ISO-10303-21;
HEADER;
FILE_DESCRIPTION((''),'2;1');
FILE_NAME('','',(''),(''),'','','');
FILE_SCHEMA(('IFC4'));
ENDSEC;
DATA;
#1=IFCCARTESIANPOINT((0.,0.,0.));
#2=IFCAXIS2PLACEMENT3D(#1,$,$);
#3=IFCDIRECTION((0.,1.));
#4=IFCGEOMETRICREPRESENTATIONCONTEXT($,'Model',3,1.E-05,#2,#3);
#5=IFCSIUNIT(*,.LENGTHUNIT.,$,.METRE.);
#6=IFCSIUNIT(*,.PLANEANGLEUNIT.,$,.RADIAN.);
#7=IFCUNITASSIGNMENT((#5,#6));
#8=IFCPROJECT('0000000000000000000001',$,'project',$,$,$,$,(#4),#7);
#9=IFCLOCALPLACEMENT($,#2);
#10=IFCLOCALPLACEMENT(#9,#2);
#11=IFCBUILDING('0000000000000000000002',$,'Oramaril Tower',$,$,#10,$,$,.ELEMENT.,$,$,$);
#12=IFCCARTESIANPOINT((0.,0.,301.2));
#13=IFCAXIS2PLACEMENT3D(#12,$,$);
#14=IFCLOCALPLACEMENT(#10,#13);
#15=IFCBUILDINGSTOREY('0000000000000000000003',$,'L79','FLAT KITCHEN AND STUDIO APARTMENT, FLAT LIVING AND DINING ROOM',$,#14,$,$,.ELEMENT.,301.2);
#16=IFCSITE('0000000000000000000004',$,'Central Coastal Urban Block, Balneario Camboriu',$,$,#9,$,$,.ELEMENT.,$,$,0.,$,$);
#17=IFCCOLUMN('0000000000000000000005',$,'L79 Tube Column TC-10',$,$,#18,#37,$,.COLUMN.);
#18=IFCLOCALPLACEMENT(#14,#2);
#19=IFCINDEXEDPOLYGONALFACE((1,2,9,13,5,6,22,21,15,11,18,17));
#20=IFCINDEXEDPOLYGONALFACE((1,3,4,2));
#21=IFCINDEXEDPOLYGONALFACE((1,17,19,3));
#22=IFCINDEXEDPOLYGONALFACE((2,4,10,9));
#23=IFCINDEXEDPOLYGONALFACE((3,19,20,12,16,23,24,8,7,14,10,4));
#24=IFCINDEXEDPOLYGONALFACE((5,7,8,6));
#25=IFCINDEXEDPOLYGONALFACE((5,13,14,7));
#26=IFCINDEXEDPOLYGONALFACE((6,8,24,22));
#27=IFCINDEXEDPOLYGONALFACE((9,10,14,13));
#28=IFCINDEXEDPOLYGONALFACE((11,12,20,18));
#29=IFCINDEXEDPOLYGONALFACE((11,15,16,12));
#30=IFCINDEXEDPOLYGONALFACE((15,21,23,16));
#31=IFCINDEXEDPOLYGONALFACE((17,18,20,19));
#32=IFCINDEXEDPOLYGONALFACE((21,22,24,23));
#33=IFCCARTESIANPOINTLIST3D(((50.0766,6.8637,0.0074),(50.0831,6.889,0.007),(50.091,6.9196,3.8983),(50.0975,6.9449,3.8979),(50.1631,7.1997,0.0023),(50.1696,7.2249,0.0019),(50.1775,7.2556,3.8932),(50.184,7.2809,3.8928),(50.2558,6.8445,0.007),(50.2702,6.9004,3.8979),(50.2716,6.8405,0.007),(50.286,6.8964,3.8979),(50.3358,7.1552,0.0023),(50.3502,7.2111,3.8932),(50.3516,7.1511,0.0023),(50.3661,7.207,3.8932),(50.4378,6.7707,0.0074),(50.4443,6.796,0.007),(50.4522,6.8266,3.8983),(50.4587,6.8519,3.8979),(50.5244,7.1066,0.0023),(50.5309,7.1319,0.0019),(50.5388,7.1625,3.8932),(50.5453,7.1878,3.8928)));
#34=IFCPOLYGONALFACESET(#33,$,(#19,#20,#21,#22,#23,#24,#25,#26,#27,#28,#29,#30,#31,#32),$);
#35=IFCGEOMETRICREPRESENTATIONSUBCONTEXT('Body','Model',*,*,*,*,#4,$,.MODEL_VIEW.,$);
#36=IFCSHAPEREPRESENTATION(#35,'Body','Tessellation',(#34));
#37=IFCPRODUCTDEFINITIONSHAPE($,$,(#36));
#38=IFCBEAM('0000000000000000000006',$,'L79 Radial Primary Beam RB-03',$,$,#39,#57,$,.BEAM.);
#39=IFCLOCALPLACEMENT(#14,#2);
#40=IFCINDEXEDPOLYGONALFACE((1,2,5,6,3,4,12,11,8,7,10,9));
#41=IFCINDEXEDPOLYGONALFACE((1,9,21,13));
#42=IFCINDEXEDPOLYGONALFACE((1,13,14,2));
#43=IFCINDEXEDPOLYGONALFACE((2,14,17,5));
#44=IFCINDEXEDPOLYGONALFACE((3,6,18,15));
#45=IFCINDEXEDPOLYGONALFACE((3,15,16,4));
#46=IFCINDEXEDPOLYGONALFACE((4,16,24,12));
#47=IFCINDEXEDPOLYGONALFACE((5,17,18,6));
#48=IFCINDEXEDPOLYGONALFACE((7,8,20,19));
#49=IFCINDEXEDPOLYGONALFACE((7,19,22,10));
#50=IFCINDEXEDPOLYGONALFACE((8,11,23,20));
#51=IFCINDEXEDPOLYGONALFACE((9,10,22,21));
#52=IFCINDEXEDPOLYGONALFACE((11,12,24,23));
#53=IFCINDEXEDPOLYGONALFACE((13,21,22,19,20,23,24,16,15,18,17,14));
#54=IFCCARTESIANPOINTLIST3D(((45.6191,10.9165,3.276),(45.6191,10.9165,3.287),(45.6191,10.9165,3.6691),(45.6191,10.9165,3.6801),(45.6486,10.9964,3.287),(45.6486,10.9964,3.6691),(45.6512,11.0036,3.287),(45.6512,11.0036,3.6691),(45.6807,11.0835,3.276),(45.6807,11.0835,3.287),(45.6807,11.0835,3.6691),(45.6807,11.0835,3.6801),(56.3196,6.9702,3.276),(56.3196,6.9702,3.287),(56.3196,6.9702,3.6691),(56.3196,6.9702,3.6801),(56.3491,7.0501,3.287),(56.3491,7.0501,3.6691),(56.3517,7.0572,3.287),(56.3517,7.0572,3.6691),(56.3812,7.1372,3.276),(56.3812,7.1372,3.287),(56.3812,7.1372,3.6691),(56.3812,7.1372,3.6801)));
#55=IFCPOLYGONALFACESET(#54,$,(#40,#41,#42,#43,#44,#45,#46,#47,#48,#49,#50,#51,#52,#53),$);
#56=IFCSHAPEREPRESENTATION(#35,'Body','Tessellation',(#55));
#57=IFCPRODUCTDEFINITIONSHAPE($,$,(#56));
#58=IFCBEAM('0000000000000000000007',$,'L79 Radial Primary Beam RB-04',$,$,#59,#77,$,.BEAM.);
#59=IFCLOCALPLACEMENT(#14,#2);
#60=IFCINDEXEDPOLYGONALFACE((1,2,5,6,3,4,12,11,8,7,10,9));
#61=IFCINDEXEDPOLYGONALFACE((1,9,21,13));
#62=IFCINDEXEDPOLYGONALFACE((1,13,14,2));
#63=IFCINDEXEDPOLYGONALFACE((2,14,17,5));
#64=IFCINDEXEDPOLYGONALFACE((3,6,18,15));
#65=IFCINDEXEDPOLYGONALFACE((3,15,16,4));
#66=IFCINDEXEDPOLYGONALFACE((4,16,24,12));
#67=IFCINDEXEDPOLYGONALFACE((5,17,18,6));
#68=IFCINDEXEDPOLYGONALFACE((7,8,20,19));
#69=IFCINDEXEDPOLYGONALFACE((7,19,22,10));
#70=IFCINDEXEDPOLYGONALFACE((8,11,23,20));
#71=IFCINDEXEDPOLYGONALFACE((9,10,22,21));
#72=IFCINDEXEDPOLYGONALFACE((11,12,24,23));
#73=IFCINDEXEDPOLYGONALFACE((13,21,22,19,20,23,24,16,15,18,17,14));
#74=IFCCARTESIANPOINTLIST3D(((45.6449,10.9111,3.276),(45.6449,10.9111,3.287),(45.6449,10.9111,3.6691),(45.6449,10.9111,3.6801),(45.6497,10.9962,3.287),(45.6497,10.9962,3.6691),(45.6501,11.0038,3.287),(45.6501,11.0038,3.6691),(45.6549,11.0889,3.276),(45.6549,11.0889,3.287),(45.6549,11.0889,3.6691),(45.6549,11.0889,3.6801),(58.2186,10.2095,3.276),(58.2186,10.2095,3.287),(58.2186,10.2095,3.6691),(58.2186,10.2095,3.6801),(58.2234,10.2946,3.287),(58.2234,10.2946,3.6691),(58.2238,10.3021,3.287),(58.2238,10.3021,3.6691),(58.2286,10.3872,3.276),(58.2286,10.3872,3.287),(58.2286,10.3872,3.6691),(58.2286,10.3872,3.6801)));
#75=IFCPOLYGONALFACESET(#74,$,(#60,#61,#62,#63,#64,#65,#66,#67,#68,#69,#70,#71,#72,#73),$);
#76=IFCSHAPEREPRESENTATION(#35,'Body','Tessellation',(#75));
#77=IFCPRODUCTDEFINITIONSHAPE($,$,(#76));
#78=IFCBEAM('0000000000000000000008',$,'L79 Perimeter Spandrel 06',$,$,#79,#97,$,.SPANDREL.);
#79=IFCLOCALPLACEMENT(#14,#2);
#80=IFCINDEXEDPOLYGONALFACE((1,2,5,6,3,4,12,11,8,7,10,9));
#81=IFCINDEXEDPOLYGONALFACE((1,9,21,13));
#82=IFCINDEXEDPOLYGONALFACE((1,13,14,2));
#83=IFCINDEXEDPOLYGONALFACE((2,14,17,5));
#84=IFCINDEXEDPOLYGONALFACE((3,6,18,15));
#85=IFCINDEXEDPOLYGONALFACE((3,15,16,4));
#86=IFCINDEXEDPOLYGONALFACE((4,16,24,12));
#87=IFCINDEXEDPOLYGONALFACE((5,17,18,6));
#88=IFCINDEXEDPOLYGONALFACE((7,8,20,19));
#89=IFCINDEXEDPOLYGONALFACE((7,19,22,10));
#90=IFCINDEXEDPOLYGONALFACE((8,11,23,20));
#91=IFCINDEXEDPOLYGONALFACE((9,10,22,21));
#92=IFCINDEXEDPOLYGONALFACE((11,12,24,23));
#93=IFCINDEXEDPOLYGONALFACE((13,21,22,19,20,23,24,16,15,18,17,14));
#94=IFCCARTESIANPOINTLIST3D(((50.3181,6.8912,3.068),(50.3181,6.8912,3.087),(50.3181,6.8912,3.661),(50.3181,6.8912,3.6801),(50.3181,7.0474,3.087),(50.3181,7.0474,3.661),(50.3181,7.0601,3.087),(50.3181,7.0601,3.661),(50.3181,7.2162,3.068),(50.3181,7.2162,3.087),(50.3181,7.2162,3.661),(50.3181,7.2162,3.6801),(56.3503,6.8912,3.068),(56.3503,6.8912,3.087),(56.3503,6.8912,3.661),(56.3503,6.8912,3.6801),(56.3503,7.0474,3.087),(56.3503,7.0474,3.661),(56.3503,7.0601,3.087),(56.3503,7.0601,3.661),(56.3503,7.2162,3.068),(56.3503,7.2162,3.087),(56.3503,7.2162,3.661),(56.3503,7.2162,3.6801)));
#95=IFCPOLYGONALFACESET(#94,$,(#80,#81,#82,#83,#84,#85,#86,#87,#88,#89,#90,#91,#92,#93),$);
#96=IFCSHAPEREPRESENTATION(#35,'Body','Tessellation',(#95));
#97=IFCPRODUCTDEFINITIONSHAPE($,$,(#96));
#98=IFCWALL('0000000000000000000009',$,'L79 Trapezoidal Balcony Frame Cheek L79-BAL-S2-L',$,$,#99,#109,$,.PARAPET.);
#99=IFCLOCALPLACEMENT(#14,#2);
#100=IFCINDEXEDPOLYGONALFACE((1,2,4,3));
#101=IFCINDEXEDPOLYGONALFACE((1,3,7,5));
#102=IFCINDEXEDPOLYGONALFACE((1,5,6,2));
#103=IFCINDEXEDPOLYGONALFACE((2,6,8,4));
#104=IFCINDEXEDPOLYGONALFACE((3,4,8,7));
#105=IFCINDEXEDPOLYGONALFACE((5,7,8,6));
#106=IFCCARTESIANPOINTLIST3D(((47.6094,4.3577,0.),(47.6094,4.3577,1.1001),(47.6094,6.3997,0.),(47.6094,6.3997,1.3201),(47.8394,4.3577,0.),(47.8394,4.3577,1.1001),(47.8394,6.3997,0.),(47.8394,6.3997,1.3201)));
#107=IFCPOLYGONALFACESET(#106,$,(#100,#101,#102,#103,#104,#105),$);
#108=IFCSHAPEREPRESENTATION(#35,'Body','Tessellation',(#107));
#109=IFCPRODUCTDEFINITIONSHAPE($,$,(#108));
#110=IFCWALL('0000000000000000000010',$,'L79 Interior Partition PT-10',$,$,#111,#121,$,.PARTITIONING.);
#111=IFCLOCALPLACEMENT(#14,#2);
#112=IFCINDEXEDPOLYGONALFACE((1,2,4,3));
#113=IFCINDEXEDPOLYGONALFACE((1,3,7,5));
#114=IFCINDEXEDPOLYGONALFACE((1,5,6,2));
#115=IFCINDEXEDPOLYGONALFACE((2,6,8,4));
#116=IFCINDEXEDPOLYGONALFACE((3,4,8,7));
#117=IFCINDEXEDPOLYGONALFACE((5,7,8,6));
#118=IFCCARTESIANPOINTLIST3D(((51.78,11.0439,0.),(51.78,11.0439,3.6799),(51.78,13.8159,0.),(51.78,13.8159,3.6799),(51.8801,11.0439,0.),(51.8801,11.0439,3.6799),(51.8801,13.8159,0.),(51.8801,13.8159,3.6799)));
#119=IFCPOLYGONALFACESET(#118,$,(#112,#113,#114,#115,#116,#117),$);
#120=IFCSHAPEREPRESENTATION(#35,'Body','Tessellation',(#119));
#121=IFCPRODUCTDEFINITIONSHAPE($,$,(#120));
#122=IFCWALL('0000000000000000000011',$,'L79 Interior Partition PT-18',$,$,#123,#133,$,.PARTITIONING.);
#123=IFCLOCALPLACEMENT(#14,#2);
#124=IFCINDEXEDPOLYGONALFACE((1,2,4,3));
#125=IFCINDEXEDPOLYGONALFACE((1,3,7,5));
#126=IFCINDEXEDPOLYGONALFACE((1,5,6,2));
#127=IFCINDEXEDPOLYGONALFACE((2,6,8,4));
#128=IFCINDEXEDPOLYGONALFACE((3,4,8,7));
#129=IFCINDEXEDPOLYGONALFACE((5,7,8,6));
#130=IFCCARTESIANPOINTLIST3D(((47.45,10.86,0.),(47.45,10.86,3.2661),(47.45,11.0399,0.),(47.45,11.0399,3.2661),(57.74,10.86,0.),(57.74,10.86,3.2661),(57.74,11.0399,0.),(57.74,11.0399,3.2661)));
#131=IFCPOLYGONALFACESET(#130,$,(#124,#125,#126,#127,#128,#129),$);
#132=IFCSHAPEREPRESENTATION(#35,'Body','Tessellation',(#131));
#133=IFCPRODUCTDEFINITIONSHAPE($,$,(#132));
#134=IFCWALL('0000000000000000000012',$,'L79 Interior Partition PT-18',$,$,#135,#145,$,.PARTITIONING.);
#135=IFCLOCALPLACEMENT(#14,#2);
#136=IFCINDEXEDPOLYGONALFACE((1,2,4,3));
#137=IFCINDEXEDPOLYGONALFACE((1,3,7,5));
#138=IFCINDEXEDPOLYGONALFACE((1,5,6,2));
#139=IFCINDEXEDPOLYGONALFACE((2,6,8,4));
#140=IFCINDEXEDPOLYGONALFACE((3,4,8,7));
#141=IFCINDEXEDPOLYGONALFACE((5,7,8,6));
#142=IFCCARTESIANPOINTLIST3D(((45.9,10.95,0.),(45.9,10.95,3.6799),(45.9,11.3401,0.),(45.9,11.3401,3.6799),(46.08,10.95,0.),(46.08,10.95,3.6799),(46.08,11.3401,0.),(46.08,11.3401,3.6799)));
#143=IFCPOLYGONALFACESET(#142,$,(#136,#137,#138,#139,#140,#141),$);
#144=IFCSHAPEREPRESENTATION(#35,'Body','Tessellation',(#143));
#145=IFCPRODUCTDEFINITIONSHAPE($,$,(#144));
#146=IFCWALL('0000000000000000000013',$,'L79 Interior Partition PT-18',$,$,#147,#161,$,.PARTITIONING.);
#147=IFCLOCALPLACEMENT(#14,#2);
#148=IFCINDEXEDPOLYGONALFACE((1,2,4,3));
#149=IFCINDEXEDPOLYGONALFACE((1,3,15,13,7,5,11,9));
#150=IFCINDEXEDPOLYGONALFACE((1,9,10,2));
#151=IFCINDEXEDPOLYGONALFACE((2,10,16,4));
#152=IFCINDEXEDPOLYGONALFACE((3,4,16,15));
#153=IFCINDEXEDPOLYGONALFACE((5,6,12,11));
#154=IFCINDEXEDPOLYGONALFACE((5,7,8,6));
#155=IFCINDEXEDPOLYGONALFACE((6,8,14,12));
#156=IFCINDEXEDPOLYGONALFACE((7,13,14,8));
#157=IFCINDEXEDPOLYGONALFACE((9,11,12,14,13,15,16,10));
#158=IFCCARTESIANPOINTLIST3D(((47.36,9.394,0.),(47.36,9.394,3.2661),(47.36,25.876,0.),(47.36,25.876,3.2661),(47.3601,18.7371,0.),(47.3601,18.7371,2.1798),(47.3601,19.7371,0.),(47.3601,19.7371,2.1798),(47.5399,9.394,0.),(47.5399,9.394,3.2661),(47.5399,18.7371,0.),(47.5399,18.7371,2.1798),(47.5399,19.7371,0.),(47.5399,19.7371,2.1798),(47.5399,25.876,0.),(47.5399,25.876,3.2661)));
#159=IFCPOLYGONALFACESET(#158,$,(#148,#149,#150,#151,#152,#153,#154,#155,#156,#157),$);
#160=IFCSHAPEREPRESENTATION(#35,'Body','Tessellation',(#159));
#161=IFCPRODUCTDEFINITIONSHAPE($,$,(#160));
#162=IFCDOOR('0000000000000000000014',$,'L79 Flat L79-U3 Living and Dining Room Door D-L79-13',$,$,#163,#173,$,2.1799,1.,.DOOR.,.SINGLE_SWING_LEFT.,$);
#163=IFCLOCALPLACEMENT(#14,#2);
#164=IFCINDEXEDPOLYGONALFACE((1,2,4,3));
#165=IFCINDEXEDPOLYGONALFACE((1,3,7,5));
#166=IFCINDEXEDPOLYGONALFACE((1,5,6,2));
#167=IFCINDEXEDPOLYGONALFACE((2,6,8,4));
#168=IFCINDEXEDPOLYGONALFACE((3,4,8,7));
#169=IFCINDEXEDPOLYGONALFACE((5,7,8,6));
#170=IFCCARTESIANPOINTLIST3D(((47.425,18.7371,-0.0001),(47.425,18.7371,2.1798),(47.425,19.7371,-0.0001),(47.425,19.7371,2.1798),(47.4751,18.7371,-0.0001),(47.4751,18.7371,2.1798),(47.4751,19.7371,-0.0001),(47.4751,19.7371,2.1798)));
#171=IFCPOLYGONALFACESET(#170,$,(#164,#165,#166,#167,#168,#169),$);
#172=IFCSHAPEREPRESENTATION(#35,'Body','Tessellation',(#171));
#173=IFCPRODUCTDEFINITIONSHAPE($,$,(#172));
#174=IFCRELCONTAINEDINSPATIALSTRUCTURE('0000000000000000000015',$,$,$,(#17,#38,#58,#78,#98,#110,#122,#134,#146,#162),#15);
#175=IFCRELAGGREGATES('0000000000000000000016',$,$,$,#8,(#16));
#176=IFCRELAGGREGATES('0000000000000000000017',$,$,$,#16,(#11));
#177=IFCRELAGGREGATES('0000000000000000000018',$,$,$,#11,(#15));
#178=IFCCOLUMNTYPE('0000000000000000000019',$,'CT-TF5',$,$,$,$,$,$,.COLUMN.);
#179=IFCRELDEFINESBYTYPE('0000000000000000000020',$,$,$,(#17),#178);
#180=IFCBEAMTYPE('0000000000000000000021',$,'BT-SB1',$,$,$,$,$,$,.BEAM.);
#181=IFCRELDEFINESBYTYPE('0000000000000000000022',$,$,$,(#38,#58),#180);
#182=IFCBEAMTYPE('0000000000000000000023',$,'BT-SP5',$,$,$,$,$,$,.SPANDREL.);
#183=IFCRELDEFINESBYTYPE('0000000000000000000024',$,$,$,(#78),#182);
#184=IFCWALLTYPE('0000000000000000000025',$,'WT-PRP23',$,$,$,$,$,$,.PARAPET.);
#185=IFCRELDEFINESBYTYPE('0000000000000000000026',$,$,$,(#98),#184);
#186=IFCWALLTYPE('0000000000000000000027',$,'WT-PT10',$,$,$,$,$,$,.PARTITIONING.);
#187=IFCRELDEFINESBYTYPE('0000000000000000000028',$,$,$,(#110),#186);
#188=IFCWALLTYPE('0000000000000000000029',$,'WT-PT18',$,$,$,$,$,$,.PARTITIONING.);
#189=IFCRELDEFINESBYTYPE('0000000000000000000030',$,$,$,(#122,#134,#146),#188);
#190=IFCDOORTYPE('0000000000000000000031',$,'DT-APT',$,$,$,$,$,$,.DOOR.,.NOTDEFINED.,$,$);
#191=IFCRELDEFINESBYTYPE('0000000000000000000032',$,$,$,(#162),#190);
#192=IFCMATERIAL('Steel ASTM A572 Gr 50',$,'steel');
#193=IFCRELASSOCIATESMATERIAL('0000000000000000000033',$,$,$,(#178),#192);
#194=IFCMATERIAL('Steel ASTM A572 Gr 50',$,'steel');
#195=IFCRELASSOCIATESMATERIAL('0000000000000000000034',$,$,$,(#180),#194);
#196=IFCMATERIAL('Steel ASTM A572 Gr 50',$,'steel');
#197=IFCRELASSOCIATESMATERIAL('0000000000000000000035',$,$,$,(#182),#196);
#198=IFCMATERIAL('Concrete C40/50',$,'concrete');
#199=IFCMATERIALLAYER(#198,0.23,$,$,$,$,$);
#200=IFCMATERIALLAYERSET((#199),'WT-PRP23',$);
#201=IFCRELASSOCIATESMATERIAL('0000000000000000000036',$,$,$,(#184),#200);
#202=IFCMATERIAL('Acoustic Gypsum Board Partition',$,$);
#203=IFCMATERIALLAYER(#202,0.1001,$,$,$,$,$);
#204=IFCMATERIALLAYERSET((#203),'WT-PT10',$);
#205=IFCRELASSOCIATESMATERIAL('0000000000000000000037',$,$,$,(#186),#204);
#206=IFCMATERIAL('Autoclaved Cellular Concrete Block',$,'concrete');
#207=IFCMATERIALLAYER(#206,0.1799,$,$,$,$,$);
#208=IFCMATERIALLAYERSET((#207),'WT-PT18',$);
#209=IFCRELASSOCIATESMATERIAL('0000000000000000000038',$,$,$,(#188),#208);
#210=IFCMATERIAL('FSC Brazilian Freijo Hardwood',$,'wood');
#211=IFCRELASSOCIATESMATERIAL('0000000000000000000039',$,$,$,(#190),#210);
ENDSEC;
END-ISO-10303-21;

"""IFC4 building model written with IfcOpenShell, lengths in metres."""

from ifc_helpers import new_model, si_unit, direction, frame, frame_2d, origin, origin_2d, place, context, subcontext, project, spatial, polyline, rectangle, i_section, outline, extrude, material, layer, layer_set, material_profile, profile_set, type_object, element, fill, save


model = new_model("IFC4")

# Units and contexts
model_context = context("Model", 3, precision=1e-05, world=origin(), true_north=direction((0.0, 1.0)))
body_context = subcontext(model_context, "Body", "Model", "MODEL_VIEW")
ifc_project = project(units=[si_unit("LENGTHUNIT", "METRE"), si_unit("PLANEANGLEUNIT", "RADIAN")], contexts=[model_context])

# Site, building, storey
site_placement = place(None, origin())
site = spatial("IfcSite", under=ifc_project, at=site_placement, Name="Central Coastal Urban Block, Balneario Camboriu", CompositionType="ELEMENT", RefElevation=0.0)
building_placement = place(site_placement, origin())
building = spatial("IfcBuilding", under=site, at=building_placement, Name="Oramaril Tower", CompositionType="ELEMENT")
storey_placement = place(building_placement, frame((0.0, 0.0, 301.2)))
storey = spatial("IfcBuildingStorey", under=building, at=storey_placement, Name="L79", Description="FLAT KITCHEN AND STUDIO APARTMENT, FLAT LIVING AND DINING ROOM", CompositionType="ELEMENT", Elevation=301.2)

# Column
ifc_material_1 = material(Name="Steel ASTM A572 Gr 50", Category="steel")
ifc_material_profile_1 = material_profile(ifc_material_1, i_section(OverallWidth=0.373, OverallDepth=0.373, WebThickness=0.0164, FlangeThickness=0.0261, at=origin_2d()), Name="W14X132")
ifc_profile_set_1 = profile_set([ifc_material_profile_1], Name="Steel ASTM A572 Gr 50")
column_type = type_object("IfcColumnType", Name="CT-TF5", PredefinedType="COLUMN", material=ifc_profile_set_1)
column_placement = place(storey_placement, frame((50.3037, 6.9978, 0.0046), z_axis=(0.003702, 0.014367, 0.99989), x_axis=(-0.968376, 0.249494, 0.0)))
element("IfcColumn", 1, at=column_placement, inside=storey, type_object=column_type, Name="L79 Tube Column TC-10", PredefinedType="COLUMN", context=body_context, shape_type="SweptSolid", body=[
    extrude(i_section(OverallWidth=0.373, OverallDepth=0.373, WebThickness=0.0164, FlangeThickness=0.0261, at=origin_2d()), origin(), (0.0, 0.0, 1.0), 3.8914),
])

# Beams
ifc_material_2 = material(Name="Steel ASTM A572 Gr 50", Category="steel")
ifc_material_profile_2 = material_profile(ifc_material_2, i_section(OverallWidth=0.178, OverallDepth=0.4041, WebThickness=0.0076, FlangeThickness=0.011, at=origin_2d()), Name="W16X36")
ifc_profile_set_2 = profile_set([ifc_material_profile_2], Name="Steel ASTM A572 Gr 50")
beam_type_1 = type_object("IfcBeamType", Name="BT-SB1", PredefinedType="BEAM", material=ifc_profile_set_2)
beam_1_placement = place(storey_placement, frame((45.6499, 11.0, 3.478), z_axis=(0.938229, -0.346016, 0.0), x_axis=(0.346016, 0.938229, 0.0)))
element("IfcBeam", 2, at=beam_1_placement, inside=storey, type_object=beam_type_1, Name="L79 Radial Primary Beam RB-03", PredefinedType="BEAM", context=body_context, shape_type="SweptSolid", body=[
    extrude(i_section(OverallWidth=0.178, OverallDepth=0.4041, WebThickness=0.0076, FlangeThickness=0.011, at=origin_2d()), origin(), (0.0, 0.0, 1.0), 11.405),
])
beam_2_placement = place(storey_placement, frame((45.6499, 11.0, 3.478), z_axis=(0.998447, -0.055717, 0.0), x_axis=(0.055717, 0.998447, 0.0)))
element("IfcBeam", 3, at=beam_2_placement, inside=storey, type_object=beam_type_1, Name="L79 Radial Primary Beam RB-04", PredefinedType="BEAM", context=body_context, shape_type="SweptSolid", body=[
    extrude(i_section(OverallWidth=0.178, OverallDepth=0.4041, WebThickness=0.0076, FlangeThickness=0.011, at=origin_2d()), origin(), (0.0, 0.0, 1.0), 12.5933),
])
ifc_material_3 = material(Name="Steel ASTM A572 Gr 50", Category="steel")
ifc_material_profile_3 = material_profile(ifc_material_3, i_section(OverallWidth=0.325, OverallDepth=0.6121, WebThickness=0.0127, FlangeThickness=0.019, at=origin_2d()), Name="W24X104")
ifc_profile_set_3 = profile_set([ifc_material_profile_3], Name="Steel ASTM A572 Gr 50")
beam_type_2 = type_object("IfcBeamType", Name="BT-SP5", PredefinedType="SPANDREL", material=ifc_profile_set_3)
beam_3_placement = place(storey_placement, frame((50.3181, 7.0537, 3.374), z_axis=(1.0, 0.0, 0.0), x_axis=(0.0, 1.0, 0.0)))
element("IfcBeam", 4, at=beam_3_placement, inside=storey, type_object=beam_type_2, Name="L79 Perimeter Spandrel 06", PredefinedType="SPANDREL", context=body_context, shape_type="SweptSolid", body=[
    extrude(i_section(OverallWidth=0.325, OverallDepth=0.6121, WebThickness=0.0127, FlangeThickness=0.019, at=origin_2d()), origin(), (0.0, 0.0, 1.0), 6.0322),
])

# Walls
ifc_material_4 = material(Name="Concrete C40/50", Category="concrete")
ifc_layer_1 = layer(ifc_material_4, 0.23)
ifc_layer_set_1 = layer_set([ifc_layer_1], Name="WT-PRP23")
wall_type_1 = type_object("IfcWallType", Name="WT-PRP23", PredefinedType="PARAPET", material=ifc_layer_set_1)
wall_1_placement = place(storey_placement, frame((47.7244, 6.3997, 0.0), z_axis=(0.0, 0.0, 1.0), x_axis=(0.0, -1.0, 0.0)))
element("IfcWall", 5, at=wall_1_placement, inside=storey, type_object=wall_type_1, Name="L79 Trapezoidal Balcony Frame Cheek L79-BAL-S2-L", PredefinedType="PARAPET", context=body_context, shape_type="SweptSolid", body=[
    extrude(outline(polyline([(0.0, 0.0), (2.042, 0.0), (2.042, 1.1001), (0.0, 1.3201), (0.0, 0.0)])), frame((0.0, 0.115, 0.0), z_axis=(0.0, -1.0, 0.0), x_axis=(1.0, 0.0, 0.0)), (0.0, 0.0, 1.0), 0.23),
])
ifc_material_5 = material(Name="Acoustic Gypsum Board Partition")
ifc_layer_2 = layer(ifc_material_5, 0.1001)
ifc_layer_set_2 = layer_set([ifc_layer_2], Name="WT-PT10")
wall_type_2 = type_object("IfcWallType", Name="WT-PT10", PredefinedType="PARTITIONING", material=ifc_layer_set_2)
wall_2_placement = place(storey_placement, frame((51.8301, 11.0439, 0.0), z_axis=(0.0, 0.0, 1.0), x_axis=(0.0, 1.0, 0.0)))
element("IfcWall", 6, at=wall_2_placement, inside=storey, type_object=wall_type_2, Name="L79 Interior Partition PT-10", PredefinedType="PARTITIONING", context=body_context, shape_type="SweptSolid", body=[
    extrude(rectangle(XDim=2.772, YDim=0.1001, at=frame_2d((1.386, 0.0))), origin(), (0.0, 0.0, 1.0), 3.6799),
])

# Walls
ifc_material_6 = material(Name="Autoclaved Cellular Concrete Block", Category="concrete")
ifc_layer_3 = layer(ifc_material_6, 0.1799)
ifc_layer_set_3 = layer_set([ifc_layer_3], Name="WT-PT18")
wall_type_3 = type_object("IfcWallType", Name="WT-PT18", PredefinedType="PARTITIONING", material=ifc_layer_set_3)
wall_3_placement = place(storey_placement, frame((47.45, 10.95, 0.0), z_axis=(0.0, 0.0, 1.0), x_axis=(1.0, 0.0, 0.0)))
element("IfcWall", 7, at=wall_3_placement, inside=storey, type_object=wall_type_3, Name="L79 Interior Partition PT-18", PredefinedType="PARTITIONING", context=body_context, shape_type="SweptSolid", body=[
    extrude(rectangle(XDim=10.29, YDim=0.1799, at=frame_2d((5.145, 0.0))), origin(), (0.0, 0.0, 1.0), 3.2661),
])
wall_4_placement = place(storey_placement, frame((45.99, 10.95, 0.0), z_axis=(0.0, 0.0, 1.0), x_axis=(0.0, 1.0, 0.0)))
element("IfcWall", 8, at=wall_4_placement, inside=storey, type_object=wall_type_3, Name="L79 Interior Partition PT-18", PredefinedType="PARTITIONING", context=body_context, shape_type="SweptSolid", body=[
    extrude(rectangle(XDim=0.3901, YDim=0.1799, at=frame_2d((0.1951, 0.0))), origin(), (0.0, 0.0, 1.0), 3.6799),
])

# Wall, opening, door
wall_5_placement = place(storey_placement, frame((47.45, 9.394, 0.0), z_axis=(0.0, 0.0, 1.0), x_axis=(0.0, 1.0, 0.0)))
wall_5 = element("IfcWall", 9, at=wall_5_placement, inside=storey, type_object=wall_type_3, Name="L79 Interior Partition PT-18", PredefinedType="PARTITIONING", context=body_context, shape_type="SweptSolid", body=[
    extrude(rectangle(XDim=16.4819, YDim=0.1799, at=frame_2d((8.241, 0.0))), origin(), (0.0, 0.0, 1.0), 3.2661),
])
opening_1_placement = place(wall_5_placement, frame((9.343, 0.0, 0.0)))
opening_1 = element("IfcOpeningElement", 10, at=opening_1_placement, cuts=wall_5, PredefinedType="OPENING", context=body_context, shape_type="SweptSolid", body=[
    extrude(rectangle(XDim=1.0, YDim=2.1799, at=frame_2d((0.5, 1.0898))), frame((0.0, 0.0898, 0.0), z_axis=(0.0, -1.0, 0.0), x_axis=(1.0, 0.0, 0.0)), (0.0, 0.0, 1.0), 0.1799),
])
ifc_material_7 = material(Name="FSC Brazilian Freijo Hardwood", Category="wood")
door_type_1 = type_object("IfcDoorType", Name="DT-APT", OperationType="NOTDEFINED", PredefinedType="DOOR", material=ifc_material_7)
door_1_placement = place(opening_1_placement, origin())
door_1 = element("IfcDoor", 11, at=door_1_placement, inside=storey, type_object=door_type_1, Name="L79 Flat L79-U3 Living and Dining Room Door D-L79-13", OperationType="SINGLE_SWING_LEFT", OverallHeight=2.1799, OverallWidth=1.0, PredefinedType="DOOR", context=body_context, shape_type="SweptSolid", body=[
    extrude(rectangle(XDim=1.0, YDim=2.1799, at=frame_2d((0.5, 1.0898))), frame((0.0, 0.0249, 0.0), z_axis=(0.0, -1.0, 0.0), x_axis=(1.0, 0.0, 0.0)), (0.0, 0.0, 1.0), 0.05),
])
fill(opening_1, door_1)

save(model, "model.ifc")
